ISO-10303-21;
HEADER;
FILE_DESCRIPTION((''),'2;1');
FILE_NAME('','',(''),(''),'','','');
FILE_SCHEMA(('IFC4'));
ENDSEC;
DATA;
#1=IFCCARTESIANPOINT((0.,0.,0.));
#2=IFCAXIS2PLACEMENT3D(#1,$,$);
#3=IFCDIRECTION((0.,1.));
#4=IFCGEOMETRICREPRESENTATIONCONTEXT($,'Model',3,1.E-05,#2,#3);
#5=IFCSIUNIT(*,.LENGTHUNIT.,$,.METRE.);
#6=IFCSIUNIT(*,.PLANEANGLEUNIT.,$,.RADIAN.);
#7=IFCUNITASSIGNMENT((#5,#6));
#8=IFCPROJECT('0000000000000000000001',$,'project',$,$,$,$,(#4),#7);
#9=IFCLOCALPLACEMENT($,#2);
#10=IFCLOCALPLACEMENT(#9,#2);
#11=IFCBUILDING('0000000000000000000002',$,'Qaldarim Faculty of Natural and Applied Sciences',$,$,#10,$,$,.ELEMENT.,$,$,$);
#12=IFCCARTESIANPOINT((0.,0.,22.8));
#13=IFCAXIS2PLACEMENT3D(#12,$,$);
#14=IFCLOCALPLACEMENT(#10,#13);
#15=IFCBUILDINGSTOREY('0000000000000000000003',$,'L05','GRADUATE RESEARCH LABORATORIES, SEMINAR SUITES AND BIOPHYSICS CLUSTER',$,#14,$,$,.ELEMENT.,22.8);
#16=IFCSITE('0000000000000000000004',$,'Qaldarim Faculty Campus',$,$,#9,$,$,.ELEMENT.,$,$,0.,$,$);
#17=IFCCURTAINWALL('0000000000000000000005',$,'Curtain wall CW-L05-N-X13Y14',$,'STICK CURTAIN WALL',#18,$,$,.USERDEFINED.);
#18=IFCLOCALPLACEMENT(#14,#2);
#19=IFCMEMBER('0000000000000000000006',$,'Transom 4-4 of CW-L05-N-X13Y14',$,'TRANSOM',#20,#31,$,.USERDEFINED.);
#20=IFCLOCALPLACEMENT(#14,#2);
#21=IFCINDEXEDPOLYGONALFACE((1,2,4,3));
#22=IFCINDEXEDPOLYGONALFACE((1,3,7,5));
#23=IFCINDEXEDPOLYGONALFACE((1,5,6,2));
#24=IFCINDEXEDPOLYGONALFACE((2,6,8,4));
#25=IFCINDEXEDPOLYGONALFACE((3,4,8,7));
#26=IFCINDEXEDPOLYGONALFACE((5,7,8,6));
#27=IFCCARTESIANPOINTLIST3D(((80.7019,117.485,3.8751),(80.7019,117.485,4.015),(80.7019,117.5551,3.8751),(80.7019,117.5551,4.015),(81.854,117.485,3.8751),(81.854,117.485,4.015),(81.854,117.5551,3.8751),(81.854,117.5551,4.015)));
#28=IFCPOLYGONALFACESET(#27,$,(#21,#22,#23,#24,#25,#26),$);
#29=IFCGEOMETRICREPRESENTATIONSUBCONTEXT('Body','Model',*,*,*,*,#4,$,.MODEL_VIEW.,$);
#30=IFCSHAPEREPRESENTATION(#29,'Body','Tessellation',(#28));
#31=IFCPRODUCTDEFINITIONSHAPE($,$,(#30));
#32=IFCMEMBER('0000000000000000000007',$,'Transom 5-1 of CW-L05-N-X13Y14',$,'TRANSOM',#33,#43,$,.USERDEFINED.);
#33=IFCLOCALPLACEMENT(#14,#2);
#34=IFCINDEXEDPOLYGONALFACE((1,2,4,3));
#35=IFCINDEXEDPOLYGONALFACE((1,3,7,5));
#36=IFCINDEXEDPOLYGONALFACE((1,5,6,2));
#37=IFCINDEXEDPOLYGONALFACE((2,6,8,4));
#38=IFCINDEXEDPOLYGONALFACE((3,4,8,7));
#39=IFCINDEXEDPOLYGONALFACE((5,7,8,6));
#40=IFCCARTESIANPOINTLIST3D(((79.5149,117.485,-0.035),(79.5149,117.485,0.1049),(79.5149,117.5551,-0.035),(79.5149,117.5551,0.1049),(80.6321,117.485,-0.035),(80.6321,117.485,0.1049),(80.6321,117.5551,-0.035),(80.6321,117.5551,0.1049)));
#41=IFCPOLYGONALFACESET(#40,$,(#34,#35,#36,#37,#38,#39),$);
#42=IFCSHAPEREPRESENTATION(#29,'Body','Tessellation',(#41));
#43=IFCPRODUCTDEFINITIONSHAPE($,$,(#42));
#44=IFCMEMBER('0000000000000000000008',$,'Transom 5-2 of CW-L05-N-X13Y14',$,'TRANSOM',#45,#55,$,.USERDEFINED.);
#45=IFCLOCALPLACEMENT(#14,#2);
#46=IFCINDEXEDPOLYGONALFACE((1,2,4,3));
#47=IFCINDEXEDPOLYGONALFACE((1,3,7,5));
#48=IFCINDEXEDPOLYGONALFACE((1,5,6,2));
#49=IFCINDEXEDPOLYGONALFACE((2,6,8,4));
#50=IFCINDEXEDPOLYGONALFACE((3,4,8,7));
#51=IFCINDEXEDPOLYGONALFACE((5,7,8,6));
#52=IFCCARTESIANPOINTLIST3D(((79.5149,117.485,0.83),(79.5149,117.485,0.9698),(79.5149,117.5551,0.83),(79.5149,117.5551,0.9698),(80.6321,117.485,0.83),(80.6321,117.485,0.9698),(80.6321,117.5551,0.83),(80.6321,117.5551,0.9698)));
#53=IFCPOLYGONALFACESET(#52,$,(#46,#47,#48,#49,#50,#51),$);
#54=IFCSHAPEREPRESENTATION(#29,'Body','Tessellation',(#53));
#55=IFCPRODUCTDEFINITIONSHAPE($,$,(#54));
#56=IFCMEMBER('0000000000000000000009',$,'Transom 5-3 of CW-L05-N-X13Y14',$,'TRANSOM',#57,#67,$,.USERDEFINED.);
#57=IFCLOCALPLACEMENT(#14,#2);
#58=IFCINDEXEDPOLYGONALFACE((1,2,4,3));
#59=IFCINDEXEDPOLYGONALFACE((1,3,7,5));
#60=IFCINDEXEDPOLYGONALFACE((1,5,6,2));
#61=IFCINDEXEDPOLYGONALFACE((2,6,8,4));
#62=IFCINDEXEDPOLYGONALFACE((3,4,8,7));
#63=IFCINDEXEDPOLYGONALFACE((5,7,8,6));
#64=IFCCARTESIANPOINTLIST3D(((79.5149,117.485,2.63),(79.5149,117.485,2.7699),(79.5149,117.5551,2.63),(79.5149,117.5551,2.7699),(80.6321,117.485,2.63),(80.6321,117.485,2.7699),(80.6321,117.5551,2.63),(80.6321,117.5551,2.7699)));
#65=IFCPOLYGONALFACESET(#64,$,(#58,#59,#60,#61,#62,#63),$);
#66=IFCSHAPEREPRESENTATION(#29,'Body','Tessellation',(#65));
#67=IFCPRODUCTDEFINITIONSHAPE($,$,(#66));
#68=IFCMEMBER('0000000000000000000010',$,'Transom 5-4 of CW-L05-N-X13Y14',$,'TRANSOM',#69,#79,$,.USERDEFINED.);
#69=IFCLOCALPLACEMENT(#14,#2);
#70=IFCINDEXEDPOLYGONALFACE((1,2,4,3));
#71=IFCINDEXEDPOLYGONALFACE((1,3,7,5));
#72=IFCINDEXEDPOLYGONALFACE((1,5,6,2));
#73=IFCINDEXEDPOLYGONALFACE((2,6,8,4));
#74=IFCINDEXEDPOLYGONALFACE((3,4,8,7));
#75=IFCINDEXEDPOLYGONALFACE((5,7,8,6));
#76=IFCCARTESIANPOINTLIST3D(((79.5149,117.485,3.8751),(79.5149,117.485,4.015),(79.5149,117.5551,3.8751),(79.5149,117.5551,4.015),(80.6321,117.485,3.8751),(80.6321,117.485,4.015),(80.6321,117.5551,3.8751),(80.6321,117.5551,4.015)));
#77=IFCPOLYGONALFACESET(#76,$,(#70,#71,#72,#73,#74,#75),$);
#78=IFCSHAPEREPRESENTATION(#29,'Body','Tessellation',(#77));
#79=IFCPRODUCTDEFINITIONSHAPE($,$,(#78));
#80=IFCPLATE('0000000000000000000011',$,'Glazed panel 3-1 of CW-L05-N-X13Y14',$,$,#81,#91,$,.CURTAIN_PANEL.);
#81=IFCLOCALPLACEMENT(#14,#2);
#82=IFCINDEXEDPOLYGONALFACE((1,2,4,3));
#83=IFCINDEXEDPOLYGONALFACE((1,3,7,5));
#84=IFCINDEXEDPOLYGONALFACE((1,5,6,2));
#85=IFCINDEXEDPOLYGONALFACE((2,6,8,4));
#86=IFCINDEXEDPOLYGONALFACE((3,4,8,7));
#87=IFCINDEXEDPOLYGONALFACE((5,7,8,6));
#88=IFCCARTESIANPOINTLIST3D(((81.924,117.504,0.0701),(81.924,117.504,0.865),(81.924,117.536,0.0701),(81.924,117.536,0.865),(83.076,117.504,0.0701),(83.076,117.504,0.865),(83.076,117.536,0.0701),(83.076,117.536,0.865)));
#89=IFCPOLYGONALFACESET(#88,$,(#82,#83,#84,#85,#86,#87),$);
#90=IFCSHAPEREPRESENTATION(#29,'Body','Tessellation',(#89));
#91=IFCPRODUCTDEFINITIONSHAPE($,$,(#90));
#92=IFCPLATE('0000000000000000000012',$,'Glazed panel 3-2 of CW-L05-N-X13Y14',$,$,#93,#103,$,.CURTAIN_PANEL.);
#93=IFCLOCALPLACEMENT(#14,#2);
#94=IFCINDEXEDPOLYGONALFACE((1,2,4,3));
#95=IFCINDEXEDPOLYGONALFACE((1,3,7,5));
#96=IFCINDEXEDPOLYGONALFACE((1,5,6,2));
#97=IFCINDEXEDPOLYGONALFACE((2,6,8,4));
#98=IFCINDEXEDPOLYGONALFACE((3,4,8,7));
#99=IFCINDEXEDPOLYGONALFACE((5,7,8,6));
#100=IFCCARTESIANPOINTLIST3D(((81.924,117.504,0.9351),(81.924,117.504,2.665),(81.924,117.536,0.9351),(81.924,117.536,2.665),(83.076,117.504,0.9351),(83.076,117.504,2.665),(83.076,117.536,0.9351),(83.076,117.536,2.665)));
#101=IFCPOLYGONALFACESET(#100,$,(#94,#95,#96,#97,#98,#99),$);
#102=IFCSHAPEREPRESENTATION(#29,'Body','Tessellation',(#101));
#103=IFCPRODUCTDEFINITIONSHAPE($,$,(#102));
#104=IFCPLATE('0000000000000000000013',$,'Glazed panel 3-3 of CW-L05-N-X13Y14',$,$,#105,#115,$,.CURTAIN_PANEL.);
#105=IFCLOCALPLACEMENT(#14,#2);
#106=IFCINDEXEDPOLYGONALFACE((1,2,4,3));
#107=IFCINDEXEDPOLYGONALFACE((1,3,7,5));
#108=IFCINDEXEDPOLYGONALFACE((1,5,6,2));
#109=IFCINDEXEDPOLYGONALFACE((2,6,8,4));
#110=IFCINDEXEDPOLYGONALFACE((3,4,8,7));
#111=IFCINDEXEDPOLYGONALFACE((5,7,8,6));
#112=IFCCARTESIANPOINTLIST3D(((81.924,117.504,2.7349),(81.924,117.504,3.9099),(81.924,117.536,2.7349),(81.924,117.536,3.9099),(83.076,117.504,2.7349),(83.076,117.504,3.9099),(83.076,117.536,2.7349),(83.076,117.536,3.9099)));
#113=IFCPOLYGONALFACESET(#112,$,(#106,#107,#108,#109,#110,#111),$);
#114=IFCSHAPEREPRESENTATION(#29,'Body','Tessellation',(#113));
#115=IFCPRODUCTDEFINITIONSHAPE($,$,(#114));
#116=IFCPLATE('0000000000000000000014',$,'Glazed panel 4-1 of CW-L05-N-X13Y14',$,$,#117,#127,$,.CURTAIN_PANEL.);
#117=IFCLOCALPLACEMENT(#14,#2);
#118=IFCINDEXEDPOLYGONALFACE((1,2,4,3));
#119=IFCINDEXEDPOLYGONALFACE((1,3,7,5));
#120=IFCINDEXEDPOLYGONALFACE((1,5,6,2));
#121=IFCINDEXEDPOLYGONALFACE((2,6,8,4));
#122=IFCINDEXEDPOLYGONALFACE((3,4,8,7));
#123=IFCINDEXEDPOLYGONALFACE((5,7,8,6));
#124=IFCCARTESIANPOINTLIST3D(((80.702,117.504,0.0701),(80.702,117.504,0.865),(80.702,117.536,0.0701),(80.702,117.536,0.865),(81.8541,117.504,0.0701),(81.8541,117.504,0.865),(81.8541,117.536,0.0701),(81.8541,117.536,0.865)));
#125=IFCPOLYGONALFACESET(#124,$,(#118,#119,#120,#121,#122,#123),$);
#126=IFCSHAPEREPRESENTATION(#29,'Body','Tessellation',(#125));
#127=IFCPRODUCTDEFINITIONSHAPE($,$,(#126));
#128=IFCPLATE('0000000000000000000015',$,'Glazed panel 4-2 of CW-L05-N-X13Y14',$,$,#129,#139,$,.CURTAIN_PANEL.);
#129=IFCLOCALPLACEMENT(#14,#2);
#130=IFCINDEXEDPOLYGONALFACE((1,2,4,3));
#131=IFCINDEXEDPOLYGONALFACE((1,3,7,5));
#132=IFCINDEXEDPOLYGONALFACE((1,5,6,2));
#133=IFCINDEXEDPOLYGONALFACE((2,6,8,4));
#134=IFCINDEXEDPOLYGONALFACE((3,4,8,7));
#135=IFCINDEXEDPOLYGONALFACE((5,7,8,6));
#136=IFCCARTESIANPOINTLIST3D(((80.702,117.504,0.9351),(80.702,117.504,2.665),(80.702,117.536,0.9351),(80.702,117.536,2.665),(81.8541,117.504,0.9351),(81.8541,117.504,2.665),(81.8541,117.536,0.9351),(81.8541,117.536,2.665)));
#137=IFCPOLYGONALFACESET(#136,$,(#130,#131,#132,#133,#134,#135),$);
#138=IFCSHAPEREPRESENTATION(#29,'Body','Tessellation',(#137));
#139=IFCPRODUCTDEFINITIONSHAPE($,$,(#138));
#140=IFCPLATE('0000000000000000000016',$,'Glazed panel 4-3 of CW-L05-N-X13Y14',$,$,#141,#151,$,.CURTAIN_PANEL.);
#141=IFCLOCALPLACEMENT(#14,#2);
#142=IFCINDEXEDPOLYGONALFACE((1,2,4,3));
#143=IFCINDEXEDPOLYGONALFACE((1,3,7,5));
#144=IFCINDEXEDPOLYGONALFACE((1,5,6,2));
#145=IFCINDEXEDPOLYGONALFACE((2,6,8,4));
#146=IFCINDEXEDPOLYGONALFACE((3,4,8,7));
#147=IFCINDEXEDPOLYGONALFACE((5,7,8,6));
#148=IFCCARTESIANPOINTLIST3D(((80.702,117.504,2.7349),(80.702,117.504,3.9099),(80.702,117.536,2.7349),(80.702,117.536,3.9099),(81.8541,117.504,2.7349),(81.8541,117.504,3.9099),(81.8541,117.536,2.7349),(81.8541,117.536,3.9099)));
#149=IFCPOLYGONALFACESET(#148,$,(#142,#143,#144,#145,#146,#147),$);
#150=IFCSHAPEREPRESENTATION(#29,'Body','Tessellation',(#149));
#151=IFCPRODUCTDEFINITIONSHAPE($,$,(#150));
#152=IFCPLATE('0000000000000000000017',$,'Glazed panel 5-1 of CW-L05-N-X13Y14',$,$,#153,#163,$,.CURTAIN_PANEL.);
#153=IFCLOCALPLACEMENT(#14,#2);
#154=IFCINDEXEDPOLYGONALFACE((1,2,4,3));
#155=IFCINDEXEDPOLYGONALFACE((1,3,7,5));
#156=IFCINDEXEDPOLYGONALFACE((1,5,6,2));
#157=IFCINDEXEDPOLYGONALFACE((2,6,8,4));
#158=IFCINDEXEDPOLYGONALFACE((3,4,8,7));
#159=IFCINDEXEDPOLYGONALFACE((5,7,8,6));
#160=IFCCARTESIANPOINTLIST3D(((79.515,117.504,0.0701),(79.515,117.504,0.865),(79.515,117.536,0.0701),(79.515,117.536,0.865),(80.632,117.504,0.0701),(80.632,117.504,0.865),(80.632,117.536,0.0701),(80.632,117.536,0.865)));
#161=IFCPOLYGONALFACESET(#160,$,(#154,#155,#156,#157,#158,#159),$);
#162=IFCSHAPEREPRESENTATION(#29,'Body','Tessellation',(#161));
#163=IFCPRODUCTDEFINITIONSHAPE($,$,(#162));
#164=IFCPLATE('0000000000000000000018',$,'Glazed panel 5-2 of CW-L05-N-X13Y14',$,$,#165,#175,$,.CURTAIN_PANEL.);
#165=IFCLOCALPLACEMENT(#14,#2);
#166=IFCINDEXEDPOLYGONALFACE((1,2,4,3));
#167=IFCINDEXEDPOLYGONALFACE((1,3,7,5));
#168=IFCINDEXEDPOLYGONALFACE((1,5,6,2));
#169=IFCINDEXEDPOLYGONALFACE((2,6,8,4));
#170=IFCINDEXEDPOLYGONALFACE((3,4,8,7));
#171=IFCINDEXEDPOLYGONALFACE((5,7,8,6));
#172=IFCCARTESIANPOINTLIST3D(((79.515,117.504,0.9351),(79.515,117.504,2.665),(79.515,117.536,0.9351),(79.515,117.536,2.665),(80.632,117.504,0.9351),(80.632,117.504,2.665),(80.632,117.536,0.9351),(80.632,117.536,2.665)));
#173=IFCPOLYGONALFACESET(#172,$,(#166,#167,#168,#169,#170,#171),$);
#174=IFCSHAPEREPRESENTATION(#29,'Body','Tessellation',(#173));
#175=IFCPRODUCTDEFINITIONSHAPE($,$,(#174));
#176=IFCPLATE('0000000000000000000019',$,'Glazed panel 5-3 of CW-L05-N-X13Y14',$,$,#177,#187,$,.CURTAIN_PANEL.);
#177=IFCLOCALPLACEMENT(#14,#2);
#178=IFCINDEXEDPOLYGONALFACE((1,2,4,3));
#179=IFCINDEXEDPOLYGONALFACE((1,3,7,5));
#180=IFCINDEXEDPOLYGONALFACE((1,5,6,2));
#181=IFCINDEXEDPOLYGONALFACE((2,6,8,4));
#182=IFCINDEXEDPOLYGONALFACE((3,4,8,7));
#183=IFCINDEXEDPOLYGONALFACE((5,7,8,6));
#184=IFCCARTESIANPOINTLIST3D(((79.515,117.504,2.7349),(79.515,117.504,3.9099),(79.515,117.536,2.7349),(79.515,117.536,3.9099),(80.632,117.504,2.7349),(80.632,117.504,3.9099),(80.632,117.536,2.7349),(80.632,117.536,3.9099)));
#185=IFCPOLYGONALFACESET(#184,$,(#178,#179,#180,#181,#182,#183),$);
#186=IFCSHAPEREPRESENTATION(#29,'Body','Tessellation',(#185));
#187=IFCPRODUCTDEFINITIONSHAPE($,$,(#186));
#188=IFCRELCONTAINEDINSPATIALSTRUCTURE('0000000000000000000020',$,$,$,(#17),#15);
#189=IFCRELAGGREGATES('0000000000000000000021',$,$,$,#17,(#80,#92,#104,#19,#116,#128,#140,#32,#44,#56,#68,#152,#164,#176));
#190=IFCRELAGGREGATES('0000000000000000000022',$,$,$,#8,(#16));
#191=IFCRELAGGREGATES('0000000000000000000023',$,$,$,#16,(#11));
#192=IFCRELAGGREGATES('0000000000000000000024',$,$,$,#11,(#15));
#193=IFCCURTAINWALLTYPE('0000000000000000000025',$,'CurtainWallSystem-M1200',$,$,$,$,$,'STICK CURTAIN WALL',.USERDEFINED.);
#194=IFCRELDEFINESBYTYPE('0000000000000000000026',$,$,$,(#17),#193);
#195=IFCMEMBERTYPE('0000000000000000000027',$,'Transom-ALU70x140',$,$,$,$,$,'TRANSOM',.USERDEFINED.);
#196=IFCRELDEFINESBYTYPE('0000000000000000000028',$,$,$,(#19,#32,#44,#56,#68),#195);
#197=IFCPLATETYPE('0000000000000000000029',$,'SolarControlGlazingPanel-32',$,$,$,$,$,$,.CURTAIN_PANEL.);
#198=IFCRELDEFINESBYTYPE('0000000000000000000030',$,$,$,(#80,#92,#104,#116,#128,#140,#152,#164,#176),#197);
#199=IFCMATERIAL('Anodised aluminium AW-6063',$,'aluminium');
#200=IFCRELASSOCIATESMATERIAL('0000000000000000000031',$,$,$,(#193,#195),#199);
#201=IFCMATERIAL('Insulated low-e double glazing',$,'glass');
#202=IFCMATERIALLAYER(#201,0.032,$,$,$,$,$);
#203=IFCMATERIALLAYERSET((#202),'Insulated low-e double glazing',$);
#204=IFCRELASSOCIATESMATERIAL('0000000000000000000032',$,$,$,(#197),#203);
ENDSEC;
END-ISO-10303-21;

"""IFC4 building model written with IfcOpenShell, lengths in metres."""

from ifc_helpers import new_model, si_unit, direction, frame, origin, origin_2d, place, context, subcontext, project, spatial, rectangle, extrude, material, layer, layer_set, material_profile, profile_set, type_object, element, aggregate, save


model = new_model("IFC4")

# Units and contexts
model_context = context("Model", 3, precision=1e-05, world=origin(), true_north=direction((0.0, 1.0)))
body_context = subcontext(model_context, "Body", "Model", "MODEL_VIEW")
ifc_project = project(units=[si_unit("LENGTHUNIT", "METRE"), si_unit("PLANEANGLEUNIT", "RADIAN")], contexts=[model_context])

# Site, building, storey
site_placement = place(None, origin())
site = spatial("IfcSite", under=ifc_project, at=site_placement, Name="Qaldarim Faculty Campus", CompositionType="ELEMENT", RefElevation=0.0)
building_placement = place(site_placement, origin())
building = spatial("IfcBuilding", under=site, at=building_placement, Name="Qaldarim Faculty of Natural and Applied Sciences", CompositionType="ELEMENT")
storey_placement = place(building_placement, frame((0.0, 0.0, 22.8)))
storey = spatial("IfcBuildingStorey", under=building, at=storey_placement, Name="L05", Description="GRADUATE RESEARCH LABORATORIES, SEMINAR SUITES AND BIOPHYSICS CLUSTER", CompositionType="ELEMENT", Elevation=22.8)

# Shared definitions
ifc_material_1 = material(Name="Anodised aluminium AW-6063", Category="aluminium")
curtain_wall_type = type_object("IfcCurtainWallType", Name="CurtainWallSystem-M1200", ElementType="STICK CURTAIN WALL", PredefinedType="USERDEFINED", material=ifc_material_1)

# Curtain wall
curtain_wall_1_placement = place(storey_placement, origin())
curtain_wall_1 = element("IfcCurtainWall", 1, at=curtain_wall_1_placement, inside=storey, type_object=curtain_wall_type, Name="Curtain wall CW-L05-N-X13Y14", ObjectType="STICK CURTAIN WALL", PredefinedType="USERDEFINED")

# Members
ifc_material_profile_1 = material_profile(ifc_material_1, rectangle(XDim=0.0701, YDim=0.1399, at=origin_2d()), Name="ALU-T70x140")
ifc_profile_set_1 = profile_set([ifc_material_profile_1], Name="Anodised aluminium AW-6063")
member_type_1 = type_object("IfcMemberType", Name="Transom-ALU70x140", ElementType="TRANSOM", PredefinedType="USERDEFINED", material=ifc_profile_set_1)
member_1_placement = place(storey_placement, frame((81.854, 117.52, 3.9451), z_axis=(-1.0, 0.0, 0.0), x_axis=(0.0, -1.0, 0.0)))
member_1 = element("IfcMember", 2, at=member_1_placement, type_object=member_type_1, Name="Transom 4-4 of CW-L05-N-X13Y14", ObjectType="TRANSOM", PredefinedType="USERDEFINED", context=body_context, shape_type="SweptSolid", body=[
    extrude(rectangle(XDim=0.0701, YDim=0.1399, at=origin_2d()), origin(), (0.0, 0.0, 1.0), 1.1521),
])
member_2_placement = place(storey_placement, frame((80.6321, 117.52, 0.0349), z_axis=(-1.0, 0.0, 0.0), x_axis=(0.0, -1.0, 0.0)))
member_2 = element("IfcMember", 3, at=member_2_placement, type_object=member_type_1, Name="Transom 5-1 of CW-L05-N-X13Y14", ObjectType="TRANSOM", PredefinedType="USERDEFINED", context=body_context, shape_type="SweptSolid", body=[
    extrude(rectangle(XDim=0.0701, YDim=0.1399, at=origin_2d()), origin(), (0.0, 0.0, 1.0), 1.1172),
])
member_3_placement = place(storey_placement, frame((80.6321, 117.52, 0.8999), z_axis=(-1.0, 0.0, 0.0), x_axis=(0.0, -1.0, 0.0)))
member_3 = element("IfcMember", 4, at=member_3_placement, type_object=member_type_1, Name="Transom 5-2 of CW-L05-N-X13Y14", ObjectType="TRANSOM", PredefinedType="USERDEFINED", context=body_context, shape_type="SweptSolid", body=[
    extrude(rectangle(XDim=0.0701, YDim=0.1399, at=origin_2d()), origin(), (0.0, 0.0, 1.0), 1.1172),
])
member_4_placement = place(storey_placement, frame((80.6321, 117.52, 2.7), z_axis=(-1.0, 0.0, 0.0), x_axis=(0.0, -1.0, 0.0)))
member_4 = element("IfcMember", 5, at=member_4_placement, type_object=member_type_1, Name="Transom 5-3 of CW-L05-N-X13Y14", ObjectType="TRANSOM", PredefinedType="USERDEFINED", context=body_context, shape_type="SweptSolid", body=[
    extrude(rectangle(XDim=0.0701, YDim=0.1399, at=origin_2d()), origin(), (0.0, 0.0, 1.0), 1.1172),
])
member_5_placement = place(storey_placement, frame((80.6321, 117.52, 3.9451), z_axis=(-1.0, 0.0, 0.0), x_axis=(0.0, -1.0, 0.0)))
member_5 = element("IfcMember", 6, at=member_5_placement, type_object=member_type_1, Name="Transom 5-4 of CW-L05-N-X13Y14", ObjectType="TRANSOM", PredefinedType="USERDEFINED", context=body_context, shape_type="SweptSolid", body=[
    extrude(rectangle(XDim=0.0701, YDim=0.1399, at=origin_2d()), origin(), (0.0, 0.0, 1.0), 1.1172),
])

# Plates
ifc_material_2 = material(Name="Insulated low-e double glazing", Category="glass")
ifc_layer = layer(ifc_material_2, 0.032)
ifc_layer_set = layer_set([ifc_layer], Name="Insulated low-e double glazing")
plate_type = type_object("IfcPlateType", Name="SolarControlGlazingPanel-32", PredefinedType="CURTAIN_PANEL", material=ifc_layer_set)
plate_1_placement = place(storey_placement, frame((82.5, 117.52, 0.0701), z_axis=(0.0, 0.0, 1.0), x_axis=(-1.0, 0.0, 0.0)))
plate_1 = element("IfcPlate", 7, at=plate_1_placement, type_object=plate_type, Name="Glazed panel 3-1 of CW-L05-N-X13Y14", PredefinedType="CURTAIN_PANEL", context=body_context, shape_type="SweptSolid", body=[
    extrude(rectangle(XDim=1.1521, YDim=0.032, at=origin_2d()), origin(), (0.0, 0.0, 1.0), 0.7949),
])
plate_2_placement = place(storey_placement, frame((82.5, 117.52, 0.9351), z_axis=(0.0, 0.0, 1.0), x_axis=(-1.0, 0.0, 0.0)))
plate_2 = element("IfcPlate", 8, at=plate_2_placement, type_object=plate_type, Name="Glazed panel 3-2 of CW-L05-N-X13Y14", PredefinedType="CURTAIN_PANEL", context=body_context, shape_type="SweptSolid", body=[
    extrude(rectangle(XDim=1.1521, YDim=0.032, at=origin_2d()), origin(), (0.0, 0.0, 1.0), 1.73),
])
plate_3_placement = place(storey_placement, frame((82.5, 117.52, 2.7349), z_axis=(0.0, 0.0, 1.0), x_axis=(-1.0, 0.0, 0.0)))
plate_3 = element("IfcPlate", 9, at=plate_3_placement, type_object=plate_type, Name="Glazed panel 3-3 of CW-L05-N-X13Y14", PredefinedType="CURTAIN_PANEL", context=body_context, shape_type="SweptSolid", body=[
    extrude(rectangle(XDim=1.1521, YDim=0.032, at=origin_2d()), origin(), (0.0, 0.0, 1.0), 1.175),
])
plate_4_placement = place(storey_placement, frame((81.2781, 117.52, 0.0701), z_axis=(0.0, 0.0, 1.0), x_axis=(-1.0, 0.0, 0.0)))
plate_4 = element("IfcPlate", 10, at=plate_4_placement, type_object=plate_type, Name="Glazed panel 4-1 of CW-L05-N-X13Y14", PredefinedType="CURTAIN_PANEL", context=body_context, shape_type="SweptSolid", body=[
    extrude(rectangle(XDim=1.1521, YDim=0.032, at=origin_2d()), origin(), (0.0, 0.0, 1.0), 0.7949),
])
plate_5_placement = place(storey_placement, frame((81.2781, 117.52, 0.9351), z_axis=(0.0, 0.0, 1.0), x_axis=(-1.0, 0.0, 0.0)))
plate_5 = element("IfcPlate", 11, at=plate_5_placement, type_object=plate_type, Name="Glazed panel 4-2 of CW-L05-N-X13Y14", PredefinedType="CURTAIN_PANEL", context=body_context, shape_type="SweptSolid", body=[
    extrude(rectangle(XDim=1.1521, YDim=0.032, at=origin_2d()), origin(), (0.0, 0.0, 1.0), 1.73),
])
plate_6_placement = place(storey_placement, frame((81.2781, 117.52, 2.7349), z_axis=(0.0, 0.0, 1.0), x_axis=(-1.0, 0.0, 0.0)))
plate_6 = element("IfcPlate", 12, at=plate_6_placement, type_object=plate_type, Name="Glazed panel 4-3 of CW-L05-N-X13Y14", PredefinedType="CURTAIN_PANEL", context=body_context, shape_type="SweptSolid", body=[
    extrude(rectangle(XDim=1.1521, YDim=0.032, at=origin_2d()), origin(), (0.0, 0.0, 1.0), 1.175),
])
plate_7_placement = place(storey_placement, frame((80.0735, 117.52, 0.0701), z_axis=(0.0, 0.0, 1.0), x_axis=(-1.0, 0.0, 0.0)))
plate_7 = element("IfcPlate", 13, at=plate_7_placement, type_object=plate_type, Name="Glazed panel 5-1 of CW-L05-N-X13Y14", PredefinedType="CURTAIN_PANEL", context=body_context, shape_type="SweptSolid", body=[
    extrude(rectangle(XDim=1.1169, YDim=0.032, at=origin_2d()), origin(), (0.0, 0.0, 1.0), 0.7949),
])
plate_8_placement = place(storey_placement, frame((80.0735, 117.52, 0.9351), z_axis=(0.0, 0.0, 1.0), x_axis=(-1.0, 0.0, 0.0)))
plate_8 = element("IfcPlate", 14, at=plate_8_placement, type_object=plate_type, Name="Glazed panel 5-2 of CW-L05-N-X13Y14", PredefinedType="CURTAIN_PANEL", context=body_context, shape_type="SweptSolid", body=[
    extrude(rectangle(XDim=1.1169, YDim=0.032, at=origin_2d()), origin(), (0.0, 0.0, 1.0), 1.73),
])
plate_9_placement = place(storey_placement, frame((80.0735, 117.52, 2.7349), z_axis=(0.0, 0.0, 1.0), x_axis=(-1.0, 0.0, 0.0)))
plate_9 = element("IfcPlate", 15, at=plate_9_placement, type_object=plate_type, Name="Glazed panel 5-3 of CW-L05-N-X13Y14", PredefinedType="CURTAIN_PANEL", context=body_context, shape_type="SweptSolid", body=[
    extrude(rectangle(XDim=1.1169, YDim=0.032, at=origin_2d()), origin(), (0.0, 0.0, 1.0), 1.175),
])
aggregate(curtain_wall_1, [plate_1, plate_2, plate_3, member_1, plate_4, plate_5, plate_6, member_2, member_3, member_4, member_5, plate_7, plate_8, plate_9])

save(model, "model.ifc")
